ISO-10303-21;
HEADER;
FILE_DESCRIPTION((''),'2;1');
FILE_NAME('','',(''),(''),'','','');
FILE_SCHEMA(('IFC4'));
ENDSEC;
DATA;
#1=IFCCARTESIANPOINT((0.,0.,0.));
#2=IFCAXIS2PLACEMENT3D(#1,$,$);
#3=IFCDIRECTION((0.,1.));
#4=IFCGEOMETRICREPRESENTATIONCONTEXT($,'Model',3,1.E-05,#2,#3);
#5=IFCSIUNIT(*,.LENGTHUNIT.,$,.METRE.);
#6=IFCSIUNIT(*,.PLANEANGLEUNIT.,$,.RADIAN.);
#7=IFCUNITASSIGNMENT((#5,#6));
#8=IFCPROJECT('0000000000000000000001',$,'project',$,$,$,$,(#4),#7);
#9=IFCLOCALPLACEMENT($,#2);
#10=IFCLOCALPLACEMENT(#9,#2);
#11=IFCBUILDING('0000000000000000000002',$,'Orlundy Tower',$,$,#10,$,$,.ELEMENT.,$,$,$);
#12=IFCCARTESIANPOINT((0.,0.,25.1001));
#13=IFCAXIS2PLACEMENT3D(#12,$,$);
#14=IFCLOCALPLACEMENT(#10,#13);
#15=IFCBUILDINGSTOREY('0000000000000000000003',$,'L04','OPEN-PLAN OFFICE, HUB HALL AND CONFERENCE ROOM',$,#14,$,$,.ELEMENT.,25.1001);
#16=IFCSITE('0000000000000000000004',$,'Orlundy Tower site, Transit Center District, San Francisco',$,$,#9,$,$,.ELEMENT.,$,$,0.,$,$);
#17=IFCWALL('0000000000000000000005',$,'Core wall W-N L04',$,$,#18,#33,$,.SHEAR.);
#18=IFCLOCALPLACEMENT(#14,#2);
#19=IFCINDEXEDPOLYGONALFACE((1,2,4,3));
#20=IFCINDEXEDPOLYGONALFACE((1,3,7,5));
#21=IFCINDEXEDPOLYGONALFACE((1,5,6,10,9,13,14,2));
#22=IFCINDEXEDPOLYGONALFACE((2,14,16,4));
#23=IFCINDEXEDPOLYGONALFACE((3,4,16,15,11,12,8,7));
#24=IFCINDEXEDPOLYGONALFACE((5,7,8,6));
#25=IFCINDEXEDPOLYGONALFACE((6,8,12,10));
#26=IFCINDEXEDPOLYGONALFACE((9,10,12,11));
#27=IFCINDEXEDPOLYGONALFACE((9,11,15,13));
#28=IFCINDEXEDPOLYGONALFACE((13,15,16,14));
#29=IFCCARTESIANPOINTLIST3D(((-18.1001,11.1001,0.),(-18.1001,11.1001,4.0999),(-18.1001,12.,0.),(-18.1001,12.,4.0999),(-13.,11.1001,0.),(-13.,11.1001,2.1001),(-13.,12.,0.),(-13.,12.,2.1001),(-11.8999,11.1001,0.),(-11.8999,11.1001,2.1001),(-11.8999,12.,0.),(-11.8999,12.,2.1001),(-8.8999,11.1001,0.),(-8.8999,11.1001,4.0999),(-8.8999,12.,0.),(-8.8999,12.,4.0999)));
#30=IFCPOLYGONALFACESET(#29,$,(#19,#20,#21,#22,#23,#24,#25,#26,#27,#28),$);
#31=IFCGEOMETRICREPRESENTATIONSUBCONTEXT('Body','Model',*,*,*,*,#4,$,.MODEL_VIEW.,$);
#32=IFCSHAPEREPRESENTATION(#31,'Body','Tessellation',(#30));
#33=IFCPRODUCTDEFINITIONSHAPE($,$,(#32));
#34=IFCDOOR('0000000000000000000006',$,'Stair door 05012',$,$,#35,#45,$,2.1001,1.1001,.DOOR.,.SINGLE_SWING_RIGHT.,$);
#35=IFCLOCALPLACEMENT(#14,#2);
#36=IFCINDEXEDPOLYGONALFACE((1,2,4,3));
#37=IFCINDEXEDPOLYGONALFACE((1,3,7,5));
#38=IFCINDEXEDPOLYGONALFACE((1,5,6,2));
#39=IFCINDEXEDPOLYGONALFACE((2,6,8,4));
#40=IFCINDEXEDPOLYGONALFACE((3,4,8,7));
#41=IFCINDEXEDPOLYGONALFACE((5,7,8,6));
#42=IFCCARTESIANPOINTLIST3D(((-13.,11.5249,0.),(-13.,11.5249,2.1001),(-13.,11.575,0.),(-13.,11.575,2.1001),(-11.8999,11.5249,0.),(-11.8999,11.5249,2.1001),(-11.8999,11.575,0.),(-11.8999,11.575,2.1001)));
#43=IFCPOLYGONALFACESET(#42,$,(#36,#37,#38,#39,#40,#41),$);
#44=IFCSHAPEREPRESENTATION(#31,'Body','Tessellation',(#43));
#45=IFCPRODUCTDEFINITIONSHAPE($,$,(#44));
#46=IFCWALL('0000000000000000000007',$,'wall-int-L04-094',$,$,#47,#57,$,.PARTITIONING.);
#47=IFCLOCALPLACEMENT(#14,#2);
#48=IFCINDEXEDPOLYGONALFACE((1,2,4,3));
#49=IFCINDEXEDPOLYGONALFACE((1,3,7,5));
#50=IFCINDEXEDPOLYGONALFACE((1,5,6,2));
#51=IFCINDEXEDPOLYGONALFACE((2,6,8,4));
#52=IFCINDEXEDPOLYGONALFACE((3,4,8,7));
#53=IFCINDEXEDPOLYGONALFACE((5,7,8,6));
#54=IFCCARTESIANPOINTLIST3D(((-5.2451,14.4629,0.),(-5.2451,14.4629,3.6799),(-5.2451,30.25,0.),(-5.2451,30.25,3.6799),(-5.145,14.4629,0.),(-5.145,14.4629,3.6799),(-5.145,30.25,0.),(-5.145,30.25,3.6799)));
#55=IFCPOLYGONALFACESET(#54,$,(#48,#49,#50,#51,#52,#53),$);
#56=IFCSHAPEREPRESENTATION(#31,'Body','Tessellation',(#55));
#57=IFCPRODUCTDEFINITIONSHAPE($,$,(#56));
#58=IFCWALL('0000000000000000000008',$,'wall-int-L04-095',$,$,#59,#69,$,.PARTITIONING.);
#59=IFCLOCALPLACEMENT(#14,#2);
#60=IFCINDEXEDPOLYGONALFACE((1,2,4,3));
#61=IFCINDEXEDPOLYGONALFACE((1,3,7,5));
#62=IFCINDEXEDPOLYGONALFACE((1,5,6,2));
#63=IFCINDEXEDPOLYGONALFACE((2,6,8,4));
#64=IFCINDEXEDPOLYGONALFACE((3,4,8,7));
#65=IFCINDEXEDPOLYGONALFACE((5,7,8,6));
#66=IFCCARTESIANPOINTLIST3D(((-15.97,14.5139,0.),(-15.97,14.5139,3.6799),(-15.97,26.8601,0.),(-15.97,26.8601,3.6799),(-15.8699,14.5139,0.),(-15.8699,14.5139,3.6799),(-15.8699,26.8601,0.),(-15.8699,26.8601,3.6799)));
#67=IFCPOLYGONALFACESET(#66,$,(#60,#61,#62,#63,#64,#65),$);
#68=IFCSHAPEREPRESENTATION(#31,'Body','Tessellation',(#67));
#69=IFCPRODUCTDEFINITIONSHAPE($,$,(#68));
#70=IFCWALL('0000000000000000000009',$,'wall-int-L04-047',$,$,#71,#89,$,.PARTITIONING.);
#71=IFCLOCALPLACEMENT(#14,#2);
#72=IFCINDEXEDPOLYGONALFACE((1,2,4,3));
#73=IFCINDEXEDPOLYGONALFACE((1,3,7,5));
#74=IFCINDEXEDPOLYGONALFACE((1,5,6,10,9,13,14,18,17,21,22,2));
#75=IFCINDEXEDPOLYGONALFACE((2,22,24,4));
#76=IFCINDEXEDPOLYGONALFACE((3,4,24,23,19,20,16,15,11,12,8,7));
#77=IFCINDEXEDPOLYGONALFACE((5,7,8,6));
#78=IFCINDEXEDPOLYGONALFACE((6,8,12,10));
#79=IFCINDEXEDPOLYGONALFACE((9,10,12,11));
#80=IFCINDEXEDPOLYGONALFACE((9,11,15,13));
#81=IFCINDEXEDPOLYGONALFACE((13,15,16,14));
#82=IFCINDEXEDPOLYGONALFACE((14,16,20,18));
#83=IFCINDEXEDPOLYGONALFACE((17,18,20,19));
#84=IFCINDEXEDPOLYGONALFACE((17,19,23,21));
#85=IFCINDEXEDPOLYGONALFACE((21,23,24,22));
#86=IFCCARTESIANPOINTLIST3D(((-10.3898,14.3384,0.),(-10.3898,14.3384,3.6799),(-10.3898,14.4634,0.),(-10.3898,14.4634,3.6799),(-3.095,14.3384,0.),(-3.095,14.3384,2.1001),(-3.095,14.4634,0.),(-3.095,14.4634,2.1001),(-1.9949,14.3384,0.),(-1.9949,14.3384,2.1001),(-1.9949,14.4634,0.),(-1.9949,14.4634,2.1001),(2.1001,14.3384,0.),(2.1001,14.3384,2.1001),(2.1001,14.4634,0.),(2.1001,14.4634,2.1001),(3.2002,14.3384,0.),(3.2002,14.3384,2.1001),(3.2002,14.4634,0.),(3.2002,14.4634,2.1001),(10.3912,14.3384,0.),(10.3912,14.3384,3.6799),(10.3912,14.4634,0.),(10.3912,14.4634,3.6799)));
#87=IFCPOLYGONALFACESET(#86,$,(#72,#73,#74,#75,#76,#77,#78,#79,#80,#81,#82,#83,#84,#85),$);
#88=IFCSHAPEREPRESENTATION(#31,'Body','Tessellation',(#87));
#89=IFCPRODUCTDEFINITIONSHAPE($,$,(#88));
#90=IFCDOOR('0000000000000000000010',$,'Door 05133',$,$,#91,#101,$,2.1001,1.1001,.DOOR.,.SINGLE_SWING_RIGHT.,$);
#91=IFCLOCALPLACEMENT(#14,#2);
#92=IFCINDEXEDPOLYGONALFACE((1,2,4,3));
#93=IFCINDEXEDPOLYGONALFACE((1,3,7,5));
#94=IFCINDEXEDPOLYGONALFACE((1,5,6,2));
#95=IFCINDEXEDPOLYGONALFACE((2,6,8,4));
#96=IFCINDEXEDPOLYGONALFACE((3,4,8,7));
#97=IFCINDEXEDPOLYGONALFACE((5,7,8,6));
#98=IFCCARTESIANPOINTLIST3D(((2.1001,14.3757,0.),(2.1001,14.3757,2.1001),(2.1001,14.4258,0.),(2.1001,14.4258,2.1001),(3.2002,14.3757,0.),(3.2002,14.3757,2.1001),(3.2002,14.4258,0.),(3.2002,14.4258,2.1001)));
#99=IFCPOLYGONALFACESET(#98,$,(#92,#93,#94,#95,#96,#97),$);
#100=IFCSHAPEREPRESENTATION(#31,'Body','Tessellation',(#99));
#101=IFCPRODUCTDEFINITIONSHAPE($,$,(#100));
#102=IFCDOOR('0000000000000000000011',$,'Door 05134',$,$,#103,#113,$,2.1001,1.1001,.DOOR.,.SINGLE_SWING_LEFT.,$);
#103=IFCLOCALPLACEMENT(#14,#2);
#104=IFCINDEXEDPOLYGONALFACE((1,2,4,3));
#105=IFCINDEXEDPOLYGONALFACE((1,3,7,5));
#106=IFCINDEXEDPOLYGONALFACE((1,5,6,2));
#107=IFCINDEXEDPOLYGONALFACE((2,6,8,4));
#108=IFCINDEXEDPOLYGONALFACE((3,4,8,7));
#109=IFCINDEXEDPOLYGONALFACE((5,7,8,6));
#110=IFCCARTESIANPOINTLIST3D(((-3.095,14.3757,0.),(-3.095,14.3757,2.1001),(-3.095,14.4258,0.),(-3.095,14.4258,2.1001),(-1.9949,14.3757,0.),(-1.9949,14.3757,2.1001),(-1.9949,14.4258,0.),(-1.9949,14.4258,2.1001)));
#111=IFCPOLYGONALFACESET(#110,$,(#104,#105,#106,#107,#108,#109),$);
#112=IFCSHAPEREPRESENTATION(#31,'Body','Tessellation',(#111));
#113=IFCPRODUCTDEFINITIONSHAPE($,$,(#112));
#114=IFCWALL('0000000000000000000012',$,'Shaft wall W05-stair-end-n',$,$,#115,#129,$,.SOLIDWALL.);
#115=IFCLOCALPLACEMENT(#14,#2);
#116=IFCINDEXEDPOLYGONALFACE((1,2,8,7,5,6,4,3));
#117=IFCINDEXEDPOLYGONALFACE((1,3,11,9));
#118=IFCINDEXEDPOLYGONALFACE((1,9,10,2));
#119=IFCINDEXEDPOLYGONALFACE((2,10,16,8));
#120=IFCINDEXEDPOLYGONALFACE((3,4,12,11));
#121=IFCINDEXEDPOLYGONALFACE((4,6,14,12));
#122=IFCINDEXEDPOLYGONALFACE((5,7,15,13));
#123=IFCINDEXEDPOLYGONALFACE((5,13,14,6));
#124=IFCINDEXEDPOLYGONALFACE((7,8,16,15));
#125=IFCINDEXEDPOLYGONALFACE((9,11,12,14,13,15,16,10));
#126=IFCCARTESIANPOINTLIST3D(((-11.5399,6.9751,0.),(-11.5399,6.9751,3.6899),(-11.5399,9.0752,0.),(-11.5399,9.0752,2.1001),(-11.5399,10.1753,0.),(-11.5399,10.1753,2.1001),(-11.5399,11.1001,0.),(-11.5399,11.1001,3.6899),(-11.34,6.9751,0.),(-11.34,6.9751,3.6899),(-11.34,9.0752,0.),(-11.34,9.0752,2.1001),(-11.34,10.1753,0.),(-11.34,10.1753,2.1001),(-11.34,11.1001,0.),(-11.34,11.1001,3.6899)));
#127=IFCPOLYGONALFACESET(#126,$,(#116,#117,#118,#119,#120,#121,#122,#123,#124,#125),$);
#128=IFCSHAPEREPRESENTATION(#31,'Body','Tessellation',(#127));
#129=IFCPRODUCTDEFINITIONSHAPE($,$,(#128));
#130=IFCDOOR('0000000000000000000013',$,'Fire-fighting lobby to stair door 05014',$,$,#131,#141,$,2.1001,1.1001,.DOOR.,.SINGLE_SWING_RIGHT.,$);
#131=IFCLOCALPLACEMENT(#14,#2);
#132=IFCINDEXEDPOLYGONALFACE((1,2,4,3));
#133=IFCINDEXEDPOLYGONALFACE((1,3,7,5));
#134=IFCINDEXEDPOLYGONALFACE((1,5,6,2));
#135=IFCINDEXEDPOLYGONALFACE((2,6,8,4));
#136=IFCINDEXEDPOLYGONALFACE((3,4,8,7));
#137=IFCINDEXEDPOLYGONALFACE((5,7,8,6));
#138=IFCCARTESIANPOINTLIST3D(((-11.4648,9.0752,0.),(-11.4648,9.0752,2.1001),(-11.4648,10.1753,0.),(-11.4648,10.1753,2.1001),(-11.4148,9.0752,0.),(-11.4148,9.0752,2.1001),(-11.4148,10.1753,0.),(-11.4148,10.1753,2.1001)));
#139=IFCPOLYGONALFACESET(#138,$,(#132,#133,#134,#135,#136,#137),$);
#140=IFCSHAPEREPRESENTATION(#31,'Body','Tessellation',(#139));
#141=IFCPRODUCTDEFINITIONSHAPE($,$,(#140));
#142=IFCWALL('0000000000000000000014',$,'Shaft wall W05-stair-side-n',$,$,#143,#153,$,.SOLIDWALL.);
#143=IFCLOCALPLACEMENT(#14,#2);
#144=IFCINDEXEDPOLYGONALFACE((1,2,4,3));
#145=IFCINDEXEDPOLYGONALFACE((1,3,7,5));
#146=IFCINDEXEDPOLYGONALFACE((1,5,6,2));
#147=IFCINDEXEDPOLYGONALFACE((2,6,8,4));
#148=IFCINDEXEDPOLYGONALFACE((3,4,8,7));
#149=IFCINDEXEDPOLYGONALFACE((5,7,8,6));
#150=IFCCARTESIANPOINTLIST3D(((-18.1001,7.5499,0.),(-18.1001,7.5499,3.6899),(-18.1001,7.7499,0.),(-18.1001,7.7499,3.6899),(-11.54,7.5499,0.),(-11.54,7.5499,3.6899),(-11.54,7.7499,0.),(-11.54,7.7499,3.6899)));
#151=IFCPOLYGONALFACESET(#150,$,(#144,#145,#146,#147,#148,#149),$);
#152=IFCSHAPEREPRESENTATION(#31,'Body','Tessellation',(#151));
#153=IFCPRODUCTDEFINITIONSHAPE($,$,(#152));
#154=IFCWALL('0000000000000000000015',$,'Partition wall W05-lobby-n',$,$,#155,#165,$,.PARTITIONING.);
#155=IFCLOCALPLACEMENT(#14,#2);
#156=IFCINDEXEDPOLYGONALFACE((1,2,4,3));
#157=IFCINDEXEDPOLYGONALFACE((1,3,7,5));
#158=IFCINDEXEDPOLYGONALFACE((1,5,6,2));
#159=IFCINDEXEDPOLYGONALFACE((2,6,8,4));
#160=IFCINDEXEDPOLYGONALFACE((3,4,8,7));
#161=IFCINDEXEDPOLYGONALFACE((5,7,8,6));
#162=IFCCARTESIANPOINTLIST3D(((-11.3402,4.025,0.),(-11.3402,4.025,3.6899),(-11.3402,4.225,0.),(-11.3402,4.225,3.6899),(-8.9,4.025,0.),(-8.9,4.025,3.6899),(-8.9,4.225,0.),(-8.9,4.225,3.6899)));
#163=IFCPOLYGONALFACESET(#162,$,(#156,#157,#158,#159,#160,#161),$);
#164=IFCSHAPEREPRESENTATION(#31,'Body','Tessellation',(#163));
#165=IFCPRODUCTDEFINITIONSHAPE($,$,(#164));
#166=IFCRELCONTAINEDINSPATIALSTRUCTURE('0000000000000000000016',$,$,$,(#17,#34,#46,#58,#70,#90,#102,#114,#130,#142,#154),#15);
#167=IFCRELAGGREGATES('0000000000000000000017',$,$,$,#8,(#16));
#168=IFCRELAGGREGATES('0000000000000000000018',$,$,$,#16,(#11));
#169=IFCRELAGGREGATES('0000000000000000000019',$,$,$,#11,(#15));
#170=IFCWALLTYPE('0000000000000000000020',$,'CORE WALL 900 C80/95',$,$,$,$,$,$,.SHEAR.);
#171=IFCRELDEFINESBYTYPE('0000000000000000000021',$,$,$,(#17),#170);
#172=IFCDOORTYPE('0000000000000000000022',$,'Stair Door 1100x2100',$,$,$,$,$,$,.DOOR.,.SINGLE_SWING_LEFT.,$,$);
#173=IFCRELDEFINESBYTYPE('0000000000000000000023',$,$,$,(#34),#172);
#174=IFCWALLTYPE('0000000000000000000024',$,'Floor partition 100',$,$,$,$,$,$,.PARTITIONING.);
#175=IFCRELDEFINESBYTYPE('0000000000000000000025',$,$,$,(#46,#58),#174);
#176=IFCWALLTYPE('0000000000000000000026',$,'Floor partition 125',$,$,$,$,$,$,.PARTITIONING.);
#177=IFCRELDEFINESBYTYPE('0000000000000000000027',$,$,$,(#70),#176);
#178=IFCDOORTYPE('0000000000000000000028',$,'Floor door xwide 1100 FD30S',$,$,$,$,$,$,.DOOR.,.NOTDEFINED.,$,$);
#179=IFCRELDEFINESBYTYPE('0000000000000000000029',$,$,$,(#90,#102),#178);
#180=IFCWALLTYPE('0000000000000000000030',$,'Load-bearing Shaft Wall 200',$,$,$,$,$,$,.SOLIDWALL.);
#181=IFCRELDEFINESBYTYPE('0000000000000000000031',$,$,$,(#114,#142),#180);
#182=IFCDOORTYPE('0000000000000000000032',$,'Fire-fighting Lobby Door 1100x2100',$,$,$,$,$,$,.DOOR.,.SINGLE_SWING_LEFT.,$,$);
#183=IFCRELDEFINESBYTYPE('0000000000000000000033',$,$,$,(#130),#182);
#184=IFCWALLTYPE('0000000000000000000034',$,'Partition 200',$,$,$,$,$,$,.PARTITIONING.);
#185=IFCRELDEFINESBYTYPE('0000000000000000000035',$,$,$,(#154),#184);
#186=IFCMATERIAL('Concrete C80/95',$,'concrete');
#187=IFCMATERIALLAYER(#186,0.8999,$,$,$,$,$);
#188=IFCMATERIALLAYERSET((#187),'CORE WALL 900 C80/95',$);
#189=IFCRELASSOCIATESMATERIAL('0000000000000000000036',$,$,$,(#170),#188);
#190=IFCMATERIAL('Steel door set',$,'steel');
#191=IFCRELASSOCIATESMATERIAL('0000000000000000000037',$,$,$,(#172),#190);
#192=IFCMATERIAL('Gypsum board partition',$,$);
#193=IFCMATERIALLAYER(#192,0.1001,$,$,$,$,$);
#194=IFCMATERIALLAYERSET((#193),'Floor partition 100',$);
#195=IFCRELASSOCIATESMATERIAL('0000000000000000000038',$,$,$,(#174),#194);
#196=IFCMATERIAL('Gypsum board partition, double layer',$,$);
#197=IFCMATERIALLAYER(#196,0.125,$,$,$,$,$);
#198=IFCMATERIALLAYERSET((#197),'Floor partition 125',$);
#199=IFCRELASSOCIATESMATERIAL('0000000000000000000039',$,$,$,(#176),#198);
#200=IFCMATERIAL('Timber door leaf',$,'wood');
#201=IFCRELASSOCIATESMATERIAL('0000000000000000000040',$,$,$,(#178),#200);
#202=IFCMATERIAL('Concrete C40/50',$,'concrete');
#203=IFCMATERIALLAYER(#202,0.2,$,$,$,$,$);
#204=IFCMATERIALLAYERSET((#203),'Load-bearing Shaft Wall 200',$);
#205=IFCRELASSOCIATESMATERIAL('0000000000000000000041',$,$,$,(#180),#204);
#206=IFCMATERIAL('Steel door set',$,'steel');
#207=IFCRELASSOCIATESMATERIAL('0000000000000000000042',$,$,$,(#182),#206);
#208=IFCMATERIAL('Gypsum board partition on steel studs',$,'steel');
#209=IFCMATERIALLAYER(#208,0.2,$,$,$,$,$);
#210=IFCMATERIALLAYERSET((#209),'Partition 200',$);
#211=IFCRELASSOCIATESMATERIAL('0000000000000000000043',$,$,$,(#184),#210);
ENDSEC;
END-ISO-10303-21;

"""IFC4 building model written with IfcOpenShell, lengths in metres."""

from ifc_helpers import new_model, si_unit, direction, frame, frame_2d, origin, place, context, subcontext, project, spatial, rectangle, extrude, material, layer, layer_set, type_object, element, fill, save


model = new_model("IFC4")

# Units and contexts
model_context = context("Model", 3, precision=1e-05, world=origin(), true_north=direction((0.0, 1.0)))
body_context = subcontext(model_context, "Body", "Model", "MODEL_VIEW")
ifc_project = project(units=[si_unit("LENGTHUNIT", "METRE"), si_unit("PLANEANGLEUNIT", "RADIAN")], contexts=[model_context])

# Site, building, storey
site_placement = place(None, origin())
site = spatial("IfcSite", under=ifc_project, at=site_placement, Name="Orlundy Tower site, Transit Center District, San Francisco", CompositionType="ELEMENT", RefElevation=0.0)
building_placement = place(site_placement, origin())
building = spatial("IfcBuilding", under=site, at=building_placement, Name="Orlundy Tower", CompositionType="ELEMENT")
storey_placement = place(building_placement, frame((0.0, 0.0, 25.1001)))
storey = spatial("IfcBuildingStorey", under=building, at=storey_placement, Name="L04", Description="OPEN-PLAN OFFICE, HUB HALL AND CONFERENCE ROOM", CompositionType="ELEMENT", Elevation=25.1001)

# Wall, opening, door
ifc_material_1 = material(Name="Concrete C80/95", Category="concrete")
ifc_layer_1 = layer(ifc_material_1, 0.8999)
ifc_layer_set_1 = layer_set([ifc_layer_1], Name="CORE WALL 900 C80/95")
wall_type_1 = type_object("IfcWallType", Name="CORE WALL 900 C80/95", PredefinedType="SHEAR", material=ifc_layer_set_1)
wall_1_placement = place(storey_placement, frame((-18.1001, 11.55, 0.0), z_axis=(0.0, 0.0, 1.0), x_axis=(1.0, 0.0, 0.0)))
wall_1 = element("IfcWall", 1, at=wall_1_placement, inside=storey, type_object=wall_type_1, Name="Core wall W-N L04", PredefinedType="SHEAR", context=body_context, shape_type="SweptSolid", body=[
    extrude(rectangle(XDim=9.2002, YDim=0.8999, at=frame_2d((4.6001, 0.0))), origin(), (0.0, 0.0, 1.0), 4.0999),
])
opening_1_placement = place(wall_1_placement, frame((5.1001, 0.0, 0.0)))
opening_1 = element("IfcOpeningElement", 2, at=opening_1_placement, cuts=wall_1, PredefinedType="OPENING", context=body_context, shape_type="SweptSolid", body=[
    extrude(rectangle(XDim=1.1001, YDim=2.1001, at=frame_2d((0.55, 1.05))), frame((0.0, 0.46, 0.0), z_axis=(0.0, -1.0, 0.0), x_axis=(1.0, 0.0, 0.0)), (0.0, 0.0, 1.0), 0.9199),
])
ifc_material_2 = material(Name="Steel door set", Category="steel")
door_type_1 = type_object("IfcDoorType", Name="Stair Door 1100x2100", OperationType="SINGLE_SWING_LEFT", PredefinedType="DOOR", material=ifc_material_2)
door_1_placement = place(opening_1_placement, origin())
door_1 = element("IfcDoor", 3, at=door_1_placement, inside=storey, type_object=door_type_1, Name="Stair door 05012", OperationType="SINGLE_SWING_RIGHT", OverallHeight=2.1001, OverallWidth=1.1001, PredefinedType="DOOR", context=body_context, shape_type="SweptSolid", body=[
    extrude(rectangle(XDim=1.1001, YDim=2.1001, at=frame_2d((0.55, 1.05))), frame((0.0, 0.0249, 0.0), z_axis=(0.0, -1.0, 0.0), x_axis=(1.0, 0.0, 0.0)), (0.0, 0.0, 1.0), 0.05),
])
fill(opening_1, door_1)

# Walls
ifc_material_3 = material(Name="Gypsum board partition")
ifc_layer_2 = layer(ifc_material_3, 0.1001)
ifc_layer_set_2 = layer_set([ifc_layer_2], Name="Floor partition 100")
wall_type_2 = type_object("IfcWallType", Name="Floor partition 100", PredefinedType="PARTITIONING", material=ifc_layer_set_2)
wall_2_placement = place(storey_placement, frame((-5.1951, 14.4629, 0.0), z_axis=(0.0, 0.0, 1.0), x_axis=(0.0, 1.0, 0.0)))
element("IfcWall", 4, at=wall_2_placement, inside=storey, type_object=wall_type_2, Name="wall-int-L04-094", PredefinedType="PARTITIONING", context=body_context, shape_type="SweptSolid", body=[
    extrude(rectangle(XDim=15.7871, YDim=0.1001, at=frame_2d((7.8936, 0.0))), origin(), (0.0, 0.0, 1.0), 3.6799),
])
wall_3_placement = place(storey_placement, frame((-15.9199, 14.5139, 0.0), z_axis=(0.0, 0.0, 1.0), x_axis=(0.0, 1.0, 0.0)))
element("IfcWall", 5, at=wall_3_placement, inside=storey, type_object=wall_type_2, Name="wall-int-L04-095", PredefinedType="PARTITIONING", context=body_context, shape_type="SweptSolid", body=[
    extrude(rectangle(XDim=12.3462, YDim=0.1001, at=frame_2d((6.1731, 0.0))), origin(), (0.0, 0.0, 1.0), 3.6799),
])

# Wall, openings, doors
ifc_material_4 = material(Name="Gypsum board partition, double layer")
ifc_layer_3 = layer(ifc_material_4, 0.125)
ifc_layer_set_3 = layer_set([ifc_layer_3], Name="Floor partition 125")
wall_type_3 = type_object("IfcWallType", Name="Floor partition 125", PredefinedType="PARTITIONING", material=ifc_layer_set_3)
wall_4_placement = place(storey_placement, frame((-10.3899, 14.4009, 0.0), z_axis=(0.0, 0.0, 1.0), x_axis=(1.0, 0.0, 0.0)))
wall_4 = element("IfcWall", 6, at=wall_4_placement, inside=storey, type_object=wall_type_3, Name="wall-int-L04-047", PredefinedType="PARTITIONING", context=body_context, shape_type="SweptSolid", body=[
    extrude(rectangle(XDim=20.781, YDim=0.125, at=frame_2d((10.3906, 0.0))), origin(), (0.0, 0.0, 1.0), 3.6799),
])
opening_2_placement = place(wall_4_placement, frame((12.49, 0.0, 0.0)))
opening_2 = element("IfcOpeningElement", 7, at=opening_2_placement, cuts=wall_4, PredefinedType="OPENING", context=body_context, shape_type="SweptSolid", body=[
    extrude(rectangle(XDim=1.1001, YDim=2.1001, at=frame_2d((0.55, 1.05))), frame((0.0, 0.0725, 0.0), z_axis=(0.0, -1.0, 0.0), x_axis=(1.0, 0.0, 0.0)), (0.0, 0.0, 1.0), 0.145),
])
opening_3_placement = place(wall_4_placement, frame((7.2949, 0.0, 0.0)))
opening_3 = element("IfcOpeningElement", 8, at=opening_3_placement, cuts=wall_4, PredefinedType="OPENING", context=body_context, shape_type="SweptSolid", body=[
    extrude(rectangle(XDim=1.1001, YDim=2.1001, at=frame_2d((0.55, 1.05))), frame((0.0, 0.0725, 0.0), z_axis=(0.0, -1.0, 0.0), x_axis=(1.0, 0.0, 0.0)), (0.0, 0.0, 1.0), 0.145),
])
ifc_material_5 = material(Name="Timber door leaf", Category="wood")
door_type_2 = type_object("IfcDoorType", Name="Floor door xwide 1100 FD30S", OperationType="NOTDEFINED", PredefinedType="DOOR", material=ifc_material_5)
door_2_placement = place(opening_2_placement, origin())
door_2 = element("IfcDoor", 9, at=door_2_placement, inside=storey, type_object=door_type_2, Name="Door 05133", OperationType="SINGLE_SWING_RIGHT", OverallHeight=2.1001, OverallWidth=1.1001, PredefinedType="DOOR", context=body_context, shape_type="SweptSolid", body=[
    extrude(rectangle(XDim=1.1001, YDim=2.1001, at=frame_2d((0.55, 1.05))), frame((0.0, 0.0249, 0.0), z_axis=(0.0, -1.0, 0.0), x_axis=(1.0, 0.0, 0.0)), (0.0, 0.0, 1.0), 0.05),
])
fill(opening_2, door_2)
door_3_placement = place(opening_3_placement, origin())
door_3 = element("IfcDoor", 10, at=door_3_placement, inside=storey, type_object=door_type_2, Name="Door 05134", OperationType="SINGLE_SWING_LEFT", OverallHeight=2.1001, OverallWidth=1.1001, PredefinedType="DOOR", context=body_context, shape_type="SweptSolid", body=[
    extrude(rectangle(XDim=1.1001, YDim=2.1001, at=frame_2d((0.55, 1.05))), frame((0.0, 0.0249, 0.0), z_axis=(0.0, -1.0, 0.0), x_axis=(1.0, 0.0, 0.0)), (0.0, 0.0, 1.0), 0.05),
])
fill(opening_3, door_3)

# Wall, opening, door
ifc_material_6 = material(Name="Concrete C40/50", Category="concrete")
ifc_layer_4 = layer(ifc_material_6, 0.2)
ifc_layer_set_4 = layer_set([ifc_layer_4], Name="Load-bearing Shaft Wall 200")
wall_type_4 = type_object("IfcWallType", Name="Load-bearing Shaft Wall 200", PredefinedType="SOLIDWALL", material=ifc_layer_set_4)
wall_5_placement = place(storey_placement, frame((-11.4399, 6.9751, 0.0), z_axis=(0.0, 0.0, 1.0), x_axis=(0.0, 1.0, 0.0)))
wall_5 = element("IfcWall", 11, at=wall_5_placement, inside=storey, type_object=wall_type_4, Name="Shaft wall W05-stair-end-n", PredefinedType="SOLIDWALL", context=body_context, shape_type="SweptSolid", body=[
    extrude(rectangle(XDim=4.125, YDim=0.2, at=frame_2d((2.0625, 0.0))), origin(), (0.0, 0.0, 1.0), 3.6899),
])
opening_4_placement = place(wall_5_placement, frame((2.1001, 0.0, 0.0)))
opening_4 = element("IfcOpeningElement", 12, at=opening_4_placement, cuts=wall_5, PredefinedType="OPENING", context=body_context, shape_type="SweptSolid", body=[
    extrude(rectangle(XDim=1.1001, YDim=2.1001, at=frame_2d((0.55, 1.05))), frame((0.0, 0.1101, 0.0), z_axis=(0.0, -1.0, 0.0), x_axis=(1.0, 0.0, 0.0)), (0.0, 0.0, 1.0), 0.2202),
])
ifc_material_7 = material(Name="Steel door set", Category="steel")
door_type_3 = type_object("IfcDoorType", Name="Fire-fighting Lobby Door 1100x2100", OperationType="SINGLE_SWING_LEFT", PredefinedType="DOOR", material=ifc_material_7)
door_4_placement = place(opening_4_placement, origin())
door_4 = element("IfcDoor", 13, at=door_4_placement, inside=storey, type_object=door_type_3, Name="Fire-fighting lobby to stair door 05014", OperationType="SINGLE_SWING_RIGHT", OverallHeight=2.1001, OverallWidth=1.1001, PredefinedType="DOOR", context=body_context, shape_type="SweptSolid", body=[
    extrude(rectangle(XDim=1.1001, YDim=2.1001, at=frame_2d((0.55, 1.05))), frame((0.0, 0.0249, 0.0), z_axis=(0.0, -1.0, 0.0), x_axis=(1.0, 0.0, 0.0)), (0.0, 0.0, 1.0), 0.05),
])
fill(opening_4, door_4)

# Walls
wall_6_placement = place(storey_placement, frame((-11.54, 7.6499, 0.0), z_axis=(0.0, 0.0, 1.0), x_axis=(-1.0, 0.0, 0.0)))
element("IfcWall", 14, at=wall_6_placement, inside=storey, type_object=wall_type_4, Name="Shaft wall W05-stair-side-n", PredefinedType="SOLIDWALL", context=body_context, shape_type="SweptSolid", body=[
    extrude(rectangle(XDim=6.5601, YDim=0.2, at=frame_2d((3.28, 0.0))), origin(), (0.0, 0.0, 1.0), 3.6899),
])
ifc_material_8 = material(Name="Gypsum board partition on steel studs", Category="steel")
ifc_layer_5 = layer(ifc_material_8, 0.2)
ifc_layer_set_5 = layer_set([ifc_layer_5], Name="Partition 200")
wall_type_5 = type_object("IfcWallType", Name="Partition 200", PredefinedType="PARTITIONING", material=ifc_layer_set_5)
wall_7_placement = place(storey_placement, frame((-8.8999, 4.125, 0.0), z_axis=(0.0, 0.0, 1.0), x_axis=(-1.0, 0.0, 0.0)))
element("IfcWall", 15, at=wall_7_placement, inside=storey, type_object=wall_type_5, Name="Partition wall W05-lobby-n", PredefinedType="PARTITIONING", context=body_context, shape_type="SweptSolid", body=[
    extrude(rectangle(XDim=2.4402, YDim=0.2, at=frame_2d((1.2202, 0.0))), origin(), (0.0, 0.0, 1.0), 3.6899),
])

save(model, "model.ifc")
